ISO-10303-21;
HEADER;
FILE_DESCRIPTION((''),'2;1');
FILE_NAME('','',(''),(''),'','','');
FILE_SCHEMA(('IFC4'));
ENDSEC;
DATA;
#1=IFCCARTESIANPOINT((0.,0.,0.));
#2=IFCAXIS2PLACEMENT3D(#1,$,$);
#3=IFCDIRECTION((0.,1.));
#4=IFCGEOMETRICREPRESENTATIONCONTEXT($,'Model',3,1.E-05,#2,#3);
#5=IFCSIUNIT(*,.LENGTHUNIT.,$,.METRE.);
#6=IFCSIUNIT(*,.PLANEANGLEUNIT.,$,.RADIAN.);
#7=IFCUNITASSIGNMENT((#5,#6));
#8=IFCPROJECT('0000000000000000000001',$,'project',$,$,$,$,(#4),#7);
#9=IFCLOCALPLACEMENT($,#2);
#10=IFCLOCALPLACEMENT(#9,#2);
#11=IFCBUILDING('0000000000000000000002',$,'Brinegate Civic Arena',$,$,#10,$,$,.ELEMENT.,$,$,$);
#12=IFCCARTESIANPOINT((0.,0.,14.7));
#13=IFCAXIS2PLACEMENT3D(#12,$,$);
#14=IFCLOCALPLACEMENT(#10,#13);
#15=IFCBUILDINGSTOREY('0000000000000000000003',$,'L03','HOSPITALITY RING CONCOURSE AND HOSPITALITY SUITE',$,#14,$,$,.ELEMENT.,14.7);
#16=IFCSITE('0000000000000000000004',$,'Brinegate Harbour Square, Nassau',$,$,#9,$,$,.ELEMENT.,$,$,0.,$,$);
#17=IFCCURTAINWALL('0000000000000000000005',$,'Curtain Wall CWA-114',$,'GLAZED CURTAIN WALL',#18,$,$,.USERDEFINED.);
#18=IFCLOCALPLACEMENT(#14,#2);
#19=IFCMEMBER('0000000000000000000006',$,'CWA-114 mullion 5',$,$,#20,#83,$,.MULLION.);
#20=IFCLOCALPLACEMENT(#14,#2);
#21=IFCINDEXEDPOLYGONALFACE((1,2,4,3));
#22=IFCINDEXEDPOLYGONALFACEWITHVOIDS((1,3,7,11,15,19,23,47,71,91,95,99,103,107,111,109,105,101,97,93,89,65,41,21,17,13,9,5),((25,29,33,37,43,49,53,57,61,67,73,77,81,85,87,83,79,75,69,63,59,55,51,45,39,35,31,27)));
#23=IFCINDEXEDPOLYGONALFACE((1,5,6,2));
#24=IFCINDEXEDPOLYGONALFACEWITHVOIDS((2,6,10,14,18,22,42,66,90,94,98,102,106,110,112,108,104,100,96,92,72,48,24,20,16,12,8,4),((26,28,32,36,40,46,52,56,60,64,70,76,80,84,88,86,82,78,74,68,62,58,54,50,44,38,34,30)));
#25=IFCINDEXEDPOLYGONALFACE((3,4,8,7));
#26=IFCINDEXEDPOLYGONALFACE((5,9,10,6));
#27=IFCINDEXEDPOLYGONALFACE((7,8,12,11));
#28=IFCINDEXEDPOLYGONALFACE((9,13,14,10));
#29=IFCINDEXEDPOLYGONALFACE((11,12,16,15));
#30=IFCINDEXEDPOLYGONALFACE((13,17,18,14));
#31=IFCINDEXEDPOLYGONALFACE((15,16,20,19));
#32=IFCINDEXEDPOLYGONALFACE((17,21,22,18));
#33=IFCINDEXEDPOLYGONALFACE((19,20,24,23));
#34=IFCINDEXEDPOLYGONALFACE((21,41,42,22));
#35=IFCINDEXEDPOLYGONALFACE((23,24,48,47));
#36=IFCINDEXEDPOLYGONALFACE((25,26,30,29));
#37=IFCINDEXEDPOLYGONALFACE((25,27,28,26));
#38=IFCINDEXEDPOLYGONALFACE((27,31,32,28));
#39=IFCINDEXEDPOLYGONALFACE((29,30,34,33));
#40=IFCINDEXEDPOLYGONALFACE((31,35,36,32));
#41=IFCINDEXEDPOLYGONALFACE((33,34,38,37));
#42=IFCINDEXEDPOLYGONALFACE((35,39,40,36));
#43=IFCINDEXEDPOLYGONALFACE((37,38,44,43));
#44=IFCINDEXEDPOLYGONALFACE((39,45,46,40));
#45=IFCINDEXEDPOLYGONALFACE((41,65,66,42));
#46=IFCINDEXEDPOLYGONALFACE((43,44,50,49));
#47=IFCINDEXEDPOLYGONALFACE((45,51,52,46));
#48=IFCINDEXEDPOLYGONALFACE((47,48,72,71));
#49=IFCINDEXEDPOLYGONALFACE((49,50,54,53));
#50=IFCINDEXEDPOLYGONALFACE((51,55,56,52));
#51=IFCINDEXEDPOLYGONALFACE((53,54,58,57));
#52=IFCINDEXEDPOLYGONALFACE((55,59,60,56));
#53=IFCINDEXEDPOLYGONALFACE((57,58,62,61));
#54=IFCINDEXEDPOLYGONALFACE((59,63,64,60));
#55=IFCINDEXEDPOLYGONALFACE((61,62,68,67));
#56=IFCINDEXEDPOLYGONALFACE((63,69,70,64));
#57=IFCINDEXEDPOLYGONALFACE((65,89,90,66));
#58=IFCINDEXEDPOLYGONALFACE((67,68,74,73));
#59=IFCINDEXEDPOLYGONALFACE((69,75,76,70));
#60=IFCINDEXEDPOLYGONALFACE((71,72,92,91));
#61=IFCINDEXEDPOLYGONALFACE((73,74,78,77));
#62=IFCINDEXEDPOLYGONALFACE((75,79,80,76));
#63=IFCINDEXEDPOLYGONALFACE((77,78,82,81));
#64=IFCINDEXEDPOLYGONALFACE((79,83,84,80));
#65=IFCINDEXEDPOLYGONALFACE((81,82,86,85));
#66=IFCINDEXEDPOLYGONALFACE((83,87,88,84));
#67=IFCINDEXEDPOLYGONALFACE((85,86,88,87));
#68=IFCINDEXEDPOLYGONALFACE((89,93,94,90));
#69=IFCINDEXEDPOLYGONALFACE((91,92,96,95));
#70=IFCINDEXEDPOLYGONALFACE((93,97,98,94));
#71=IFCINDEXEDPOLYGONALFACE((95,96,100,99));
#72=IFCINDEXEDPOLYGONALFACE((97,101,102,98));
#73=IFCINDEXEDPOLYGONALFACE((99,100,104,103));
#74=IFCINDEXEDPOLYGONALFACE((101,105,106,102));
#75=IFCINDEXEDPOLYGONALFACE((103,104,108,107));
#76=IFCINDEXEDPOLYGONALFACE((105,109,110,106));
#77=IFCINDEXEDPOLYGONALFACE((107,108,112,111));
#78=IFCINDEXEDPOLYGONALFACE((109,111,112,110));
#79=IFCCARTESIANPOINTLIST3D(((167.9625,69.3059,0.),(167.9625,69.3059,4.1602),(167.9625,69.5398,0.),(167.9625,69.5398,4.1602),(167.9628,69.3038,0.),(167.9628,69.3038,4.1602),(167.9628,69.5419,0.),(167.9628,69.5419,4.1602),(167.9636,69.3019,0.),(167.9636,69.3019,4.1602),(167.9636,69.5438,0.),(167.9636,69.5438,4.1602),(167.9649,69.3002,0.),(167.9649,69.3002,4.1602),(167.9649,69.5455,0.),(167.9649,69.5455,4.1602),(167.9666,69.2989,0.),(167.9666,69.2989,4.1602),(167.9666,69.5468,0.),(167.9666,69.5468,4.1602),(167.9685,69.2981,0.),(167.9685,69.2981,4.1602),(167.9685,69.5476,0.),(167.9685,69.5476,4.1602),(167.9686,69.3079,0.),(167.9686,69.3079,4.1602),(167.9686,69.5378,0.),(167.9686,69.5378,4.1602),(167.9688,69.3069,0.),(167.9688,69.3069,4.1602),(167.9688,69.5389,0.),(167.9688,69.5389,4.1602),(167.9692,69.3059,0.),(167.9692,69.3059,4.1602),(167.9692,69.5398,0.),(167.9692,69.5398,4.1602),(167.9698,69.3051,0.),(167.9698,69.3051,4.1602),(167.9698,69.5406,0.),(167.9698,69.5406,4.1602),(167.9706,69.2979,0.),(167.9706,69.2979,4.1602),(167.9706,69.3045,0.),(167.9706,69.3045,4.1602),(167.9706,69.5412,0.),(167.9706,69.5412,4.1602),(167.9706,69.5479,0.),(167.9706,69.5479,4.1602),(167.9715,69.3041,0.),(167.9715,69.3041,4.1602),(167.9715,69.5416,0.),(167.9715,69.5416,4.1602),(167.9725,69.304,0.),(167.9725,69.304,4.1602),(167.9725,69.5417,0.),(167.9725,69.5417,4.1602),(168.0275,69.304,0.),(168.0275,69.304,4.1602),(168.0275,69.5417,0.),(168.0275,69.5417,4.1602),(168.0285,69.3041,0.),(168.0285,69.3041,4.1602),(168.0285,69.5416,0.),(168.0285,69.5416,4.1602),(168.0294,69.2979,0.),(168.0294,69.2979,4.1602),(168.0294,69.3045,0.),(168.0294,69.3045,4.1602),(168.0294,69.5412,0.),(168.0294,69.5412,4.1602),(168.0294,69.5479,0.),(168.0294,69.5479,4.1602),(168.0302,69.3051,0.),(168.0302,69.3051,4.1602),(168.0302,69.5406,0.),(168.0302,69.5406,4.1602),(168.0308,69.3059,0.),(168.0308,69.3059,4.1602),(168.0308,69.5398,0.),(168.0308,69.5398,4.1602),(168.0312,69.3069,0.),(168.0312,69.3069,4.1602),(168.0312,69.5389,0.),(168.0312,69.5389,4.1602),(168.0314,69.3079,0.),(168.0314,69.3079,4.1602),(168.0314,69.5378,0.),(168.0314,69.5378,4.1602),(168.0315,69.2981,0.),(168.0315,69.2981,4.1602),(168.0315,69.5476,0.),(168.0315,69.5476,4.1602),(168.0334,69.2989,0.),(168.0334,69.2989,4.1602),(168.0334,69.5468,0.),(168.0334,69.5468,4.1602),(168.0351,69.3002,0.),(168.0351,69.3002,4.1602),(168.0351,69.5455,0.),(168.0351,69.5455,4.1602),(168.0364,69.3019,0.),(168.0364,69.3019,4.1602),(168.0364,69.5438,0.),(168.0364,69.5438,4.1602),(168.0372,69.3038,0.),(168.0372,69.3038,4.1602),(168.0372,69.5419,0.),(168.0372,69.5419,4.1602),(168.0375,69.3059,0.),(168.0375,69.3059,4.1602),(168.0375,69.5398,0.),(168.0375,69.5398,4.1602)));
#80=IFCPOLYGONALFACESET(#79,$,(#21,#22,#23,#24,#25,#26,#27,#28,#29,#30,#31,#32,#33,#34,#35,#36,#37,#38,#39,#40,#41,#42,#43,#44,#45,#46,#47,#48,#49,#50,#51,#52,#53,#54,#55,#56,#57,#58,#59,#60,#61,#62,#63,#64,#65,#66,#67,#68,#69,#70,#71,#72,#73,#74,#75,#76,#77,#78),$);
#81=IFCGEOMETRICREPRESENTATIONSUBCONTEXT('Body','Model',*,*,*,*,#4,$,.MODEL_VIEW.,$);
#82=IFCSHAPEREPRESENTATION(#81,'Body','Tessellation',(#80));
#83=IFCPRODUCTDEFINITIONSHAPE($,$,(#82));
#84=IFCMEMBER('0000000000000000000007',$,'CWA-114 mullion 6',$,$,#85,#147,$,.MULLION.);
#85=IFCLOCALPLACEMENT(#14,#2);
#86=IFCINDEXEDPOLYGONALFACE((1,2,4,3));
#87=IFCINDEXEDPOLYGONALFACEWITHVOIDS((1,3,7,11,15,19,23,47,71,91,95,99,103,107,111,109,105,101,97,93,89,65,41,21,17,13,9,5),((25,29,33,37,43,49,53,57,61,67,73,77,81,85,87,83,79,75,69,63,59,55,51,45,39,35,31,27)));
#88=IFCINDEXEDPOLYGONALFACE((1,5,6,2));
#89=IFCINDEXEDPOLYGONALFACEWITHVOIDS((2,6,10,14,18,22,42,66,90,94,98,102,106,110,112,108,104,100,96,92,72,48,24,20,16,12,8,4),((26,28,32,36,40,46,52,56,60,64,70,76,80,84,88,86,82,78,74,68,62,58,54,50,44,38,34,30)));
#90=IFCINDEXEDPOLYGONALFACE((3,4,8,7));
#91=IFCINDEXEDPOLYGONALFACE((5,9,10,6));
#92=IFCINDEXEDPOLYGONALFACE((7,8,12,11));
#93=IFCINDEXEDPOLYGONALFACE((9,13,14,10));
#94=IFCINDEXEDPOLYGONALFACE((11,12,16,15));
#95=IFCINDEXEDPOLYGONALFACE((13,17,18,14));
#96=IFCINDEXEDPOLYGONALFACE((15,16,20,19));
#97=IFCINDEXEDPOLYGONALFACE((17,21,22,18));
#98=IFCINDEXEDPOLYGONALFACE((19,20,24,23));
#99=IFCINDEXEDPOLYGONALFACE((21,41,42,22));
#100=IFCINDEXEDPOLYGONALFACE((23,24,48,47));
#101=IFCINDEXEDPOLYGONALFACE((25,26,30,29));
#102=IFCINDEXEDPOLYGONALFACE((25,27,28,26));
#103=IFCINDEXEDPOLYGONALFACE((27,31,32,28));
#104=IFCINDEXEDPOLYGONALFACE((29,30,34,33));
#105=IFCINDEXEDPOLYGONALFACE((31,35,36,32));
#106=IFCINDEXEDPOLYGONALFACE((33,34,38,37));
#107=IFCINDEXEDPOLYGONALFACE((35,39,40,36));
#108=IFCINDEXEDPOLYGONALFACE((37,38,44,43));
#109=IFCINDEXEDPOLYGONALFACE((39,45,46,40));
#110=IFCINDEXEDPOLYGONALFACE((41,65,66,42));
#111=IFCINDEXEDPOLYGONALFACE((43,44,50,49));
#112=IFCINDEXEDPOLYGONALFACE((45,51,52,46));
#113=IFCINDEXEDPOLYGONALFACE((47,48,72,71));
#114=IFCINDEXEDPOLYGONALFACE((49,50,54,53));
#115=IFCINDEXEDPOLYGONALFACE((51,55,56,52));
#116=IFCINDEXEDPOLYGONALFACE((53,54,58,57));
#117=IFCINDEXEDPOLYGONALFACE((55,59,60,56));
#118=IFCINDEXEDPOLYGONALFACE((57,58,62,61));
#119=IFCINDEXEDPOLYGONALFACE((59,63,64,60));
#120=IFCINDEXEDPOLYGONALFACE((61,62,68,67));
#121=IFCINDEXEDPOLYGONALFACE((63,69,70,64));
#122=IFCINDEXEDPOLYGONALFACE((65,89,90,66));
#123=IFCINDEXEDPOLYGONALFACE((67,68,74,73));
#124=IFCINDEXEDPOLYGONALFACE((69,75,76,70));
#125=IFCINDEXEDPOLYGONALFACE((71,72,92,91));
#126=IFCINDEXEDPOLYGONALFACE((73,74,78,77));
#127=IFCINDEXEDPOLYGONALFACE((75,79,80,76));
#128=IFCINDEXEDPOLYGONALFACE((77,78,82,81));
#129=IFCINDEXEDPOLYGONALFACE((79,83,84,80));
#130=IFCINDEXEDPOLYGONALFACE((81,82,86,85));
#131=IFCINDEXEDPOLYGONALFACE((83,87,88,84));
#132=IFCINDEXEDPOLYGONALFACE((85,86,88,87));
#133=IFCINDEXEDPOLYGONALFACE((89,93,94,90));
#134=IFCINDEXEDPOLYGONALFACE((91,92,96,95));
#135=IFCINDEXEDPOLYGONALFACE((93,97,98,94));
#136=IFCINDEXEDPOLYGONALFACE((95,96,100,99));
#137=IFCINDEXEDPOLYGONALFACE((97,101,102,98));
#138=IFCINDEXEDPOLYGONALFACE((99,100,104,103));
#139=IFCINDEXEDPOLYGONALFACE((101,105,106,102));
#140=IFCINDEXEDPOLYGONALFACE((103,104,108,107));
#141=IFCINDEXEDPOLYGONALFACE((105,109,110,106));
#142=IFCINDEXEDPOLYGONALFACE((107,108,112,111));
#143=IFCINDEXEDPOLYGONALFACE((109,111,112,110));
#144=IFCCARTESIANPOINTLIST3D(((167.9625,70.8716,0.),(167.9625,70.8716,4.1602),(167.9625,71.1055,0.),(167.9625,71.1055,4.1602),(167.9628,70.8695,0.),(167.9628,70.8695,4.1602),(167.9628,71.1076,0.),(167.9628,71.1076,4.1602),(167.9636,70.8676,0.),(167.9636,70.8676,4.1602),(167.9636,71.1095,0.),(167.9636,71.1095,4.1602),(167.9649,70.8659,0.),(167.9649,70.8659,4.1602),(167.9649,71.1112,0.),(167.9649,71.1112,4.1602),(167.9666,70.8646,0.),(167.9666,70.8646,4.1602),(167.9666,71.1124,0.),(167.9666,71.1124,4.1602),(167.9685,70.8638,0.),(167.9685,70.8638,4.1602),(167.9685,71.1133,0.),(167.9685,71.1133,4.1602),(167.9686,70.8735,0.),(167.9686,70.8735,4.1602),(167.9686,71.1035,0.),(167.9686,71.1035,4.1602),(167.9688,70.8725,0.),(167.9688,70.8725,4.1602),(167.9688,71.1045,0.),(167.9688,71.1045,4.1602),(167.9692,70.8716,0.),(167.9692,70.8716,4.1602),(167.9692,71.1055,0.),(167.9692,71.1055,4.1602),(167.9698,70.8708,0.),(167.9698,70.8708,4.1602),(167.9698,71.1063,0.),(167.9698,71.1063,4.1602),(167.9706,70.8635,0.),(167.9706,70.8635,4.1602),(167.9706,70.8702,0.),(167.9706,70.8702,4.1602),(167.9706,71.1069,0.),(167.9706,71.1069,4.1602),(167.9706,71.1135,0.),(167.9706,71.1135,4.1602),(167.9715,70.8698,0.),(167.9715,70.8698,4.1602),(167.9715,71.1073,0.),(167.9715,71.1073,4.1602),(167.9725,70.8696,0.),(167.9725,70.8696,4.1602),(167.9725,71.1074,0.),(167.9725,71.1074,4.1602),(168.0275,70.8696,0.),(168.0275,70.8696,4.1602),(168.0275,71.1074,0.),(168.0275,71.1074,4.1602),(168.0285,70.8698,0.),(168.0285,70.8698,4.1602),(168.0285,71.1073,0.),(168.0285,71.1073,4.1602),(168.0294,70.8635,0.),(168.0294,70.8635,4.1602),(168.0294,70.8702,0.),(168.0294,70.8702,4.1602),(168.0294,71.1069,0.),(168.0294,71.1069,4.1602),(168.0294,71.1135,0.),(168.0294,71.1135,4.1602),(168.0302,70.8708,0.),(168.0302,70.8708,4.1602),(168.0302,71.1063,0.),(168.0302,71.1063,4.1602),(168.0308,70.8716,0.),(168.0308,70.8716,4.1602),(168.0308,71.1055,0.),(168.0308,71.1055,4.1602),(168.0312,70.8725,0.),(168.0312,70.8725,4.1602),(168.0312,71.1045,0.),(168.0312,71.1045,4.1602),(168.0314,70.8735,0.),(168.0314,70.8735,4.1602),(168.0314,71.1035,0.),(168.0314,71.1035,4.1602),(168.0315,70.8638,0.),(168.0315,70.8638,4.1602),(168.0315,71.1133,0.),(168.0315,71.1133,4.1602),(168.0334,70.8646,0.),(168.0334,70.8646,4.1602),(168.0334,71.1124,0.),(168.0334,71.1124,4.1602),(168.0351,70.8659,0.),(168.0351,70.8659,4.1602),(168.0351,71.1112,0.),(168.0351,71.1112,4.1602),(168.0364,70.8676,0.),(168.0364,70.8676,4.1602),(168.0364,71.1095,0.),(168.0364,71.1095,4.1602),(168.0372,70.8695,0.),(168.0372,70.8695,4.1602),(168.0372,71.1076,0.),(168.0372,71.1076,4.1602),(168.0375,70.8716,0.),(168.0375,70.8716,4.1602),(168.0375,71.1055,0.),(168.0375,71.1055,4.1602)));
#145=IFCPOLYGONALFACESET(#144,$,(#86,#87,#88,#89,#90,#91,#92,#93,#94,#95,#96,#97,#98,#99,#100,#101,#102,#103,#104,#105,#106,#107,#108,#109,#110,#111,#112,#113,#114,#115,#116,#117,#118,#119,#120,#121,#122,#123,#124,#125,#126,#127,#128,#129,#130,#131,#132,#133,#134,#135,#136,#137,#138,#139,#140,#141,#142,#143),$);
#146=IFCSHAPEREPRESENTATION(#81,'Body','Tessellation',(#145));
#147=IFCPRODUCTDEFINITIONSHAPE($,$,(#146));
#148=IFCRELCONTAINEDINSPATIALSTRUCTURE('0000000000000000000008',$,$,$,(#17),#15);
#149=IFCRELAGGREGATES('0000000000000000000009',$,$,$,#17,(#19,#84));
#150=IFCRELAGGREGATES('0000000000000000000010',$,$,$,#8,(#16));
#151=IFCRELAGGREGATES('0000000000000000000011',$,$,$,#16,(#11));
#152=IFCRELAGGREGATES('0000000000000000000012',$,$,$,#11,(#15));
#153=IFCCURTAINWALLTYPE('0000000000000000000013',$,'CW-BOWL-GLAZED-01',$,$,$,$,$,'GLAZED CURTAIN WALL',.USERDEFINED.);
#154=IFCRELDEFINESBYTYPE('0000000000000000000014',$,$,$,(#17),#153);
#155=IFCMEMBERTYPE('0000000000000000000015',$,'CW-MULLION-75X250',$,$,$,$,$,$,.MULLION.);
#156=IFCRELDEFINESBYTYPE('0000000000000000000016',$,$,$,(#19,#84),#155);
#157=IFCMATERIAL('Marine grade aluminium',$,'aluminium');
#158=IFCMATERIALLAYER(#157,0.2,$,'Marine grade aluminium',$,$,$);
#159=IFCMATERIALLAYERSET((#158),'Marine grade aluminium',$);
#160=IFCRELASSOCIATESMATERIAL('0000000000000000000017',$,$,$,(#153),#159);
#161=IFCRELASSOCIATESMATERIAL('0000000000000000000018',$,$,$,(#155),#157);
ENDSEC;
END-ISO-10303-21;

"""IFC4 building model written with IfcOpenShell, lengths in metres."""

from ifc_helpers import new_model, si_unit, direction, frame, origin, origin_2d, place, context, subcontext, project, spatial, hollow_rectangle, extrude, material, layer, layer_set, material_profile, profile_set, type_object, element, aggregate, save


model = new_model("IFC4")

# Units and contexts
model_context = context("Model", 3, precision=1e-05, world=origin(), true_north=direction((0.0, 1.0)))
body_context = subcontext(model_context, "Body", "Model", "MODEL_VIEW")
ifc_project = project(units=[si_unit("LENGTHUNIT", "METRE"), si_unit("PLANEANGLEUNIT", "RADIAN")], contexts=[model_context])

# Site, building, storey
site_placement = place(None, origin())
site = spatial("IfcSite", under=ifc_project, at=site_placement, Name="Brinegate Harbour Square, Nassau", CompositionType="ELEMENT", RefElevation=0.0)
building_placement = place(site_placement, origin())
building = spatial("IfcBuilding", under=site, at=building_placement, Name="Brinegate Civic Arena", CompositionType="ELEMENT")
storey_placement = place(building_placement, frame((0.0, 0.0, 14.7)))
storey = spatial("IfcBuildingStorey", under=building, at=storey_placement, Name="L03", Description="HOSPITALITY RING CONCOURSE AND HOSPITALITY SUITE", CompositionType="ELEMENT", Elevation=14.7)

# Curtain wall, members
ifc_material_1 = material(Name="Marine grade aluminium", Category="aluminium")
ifc_layer_1 = layer(ifc_material_1, 0.2, Name="Marine grade aluminium")
ifc_layer_set_1 = layer_set([ifc_layer_1], Name="Marine grade aluminium")
curtain_wall_type = type_object("IfcCurtainWallType", Name="CW-BOWL-GLAZED-01", ElementType="GLAZED CURTAIN WALL", PredefinedType="USERDEFINED", material=ifc_layer_set_1)
curtain_wall_1_placement = place(storey_placement, origin())
curtain_wall_1 = element("IfcCurtainWall", 1, at=curtain_wall_1_placement, inside=storey, type_object=curtain_wall_type, Name="Curtain Wall CWA-114", ObjectType="GLAZED CURTAIN WALL", PredefinedType="USERDEFINED")
ifc_material_profile_1 = material_profile(ifc_material_1, hollow_rectangle(XDim=0.075, YDim=0.25, WallThickness=0.0061, InnerFilletRadius=0.0039, OuterFilletRadius=0.0081, at=origin_2d()), Name="MUL75X250")
ifc_profile_set_1 = profile_set([ifc_material_profile_1], Name="Marine grade aluminium")
member_type_1 = type_object("IfcMemberType", Name="CW-MULLION-75X250", PredefinedType="MULLION", material=ifc_profile_set_1)
member_1_placement = place(storey_placement, frame((168.0, 69.4229, 0.0), z_axis=(0.0, 0.0, 1.0), x_axis=(-1.0, 0.0, 0.0)))
member_1 = element("IfcMember", 2, at=member_1_placement, type_object=member_type_1, Name="CWA-114 mullion 5", PredefinedType="MULLION", context=body_context, shape_type="SweptSolid", body=[
    extrude(hollow_rectangle(XDim=0.075, YDim=0.25, WallThickness=0.0061, InnerFilletRadius=0.0039, OuterFilletRadius=0.0081, at=origin_2d()), origin(), (0.0, 0.0, 1.0), 4.1602),
])
member_2_placement = place(storey_placement, frame((168.0, 70.9885, 0.0), z_axis=(0.0, 0.0, 1.0), x_axis=(-1.0, 0.0, 0.0)))
member_2 = element("IfcMember", 3, at=member_2_placement, type_object=member_type_1, Name="CWA-114 mullion 6", PredefinedType="MULLION", context=body_context, shape_type="SweptSolid", body=[
    extrude(hollow_rectangle(XDim=0.075, YDim=0.25, WallThickness=0.0061, InnerFilletRadius=0.0039, OuterFilletRadius=0.0081, at=origin_2d()), origin(), (0.0, 0.0, 1.0), 4.1602),
])

aggregate(curtain_wall_1, [member_1, member_2])

save(model, "model.ifc")
